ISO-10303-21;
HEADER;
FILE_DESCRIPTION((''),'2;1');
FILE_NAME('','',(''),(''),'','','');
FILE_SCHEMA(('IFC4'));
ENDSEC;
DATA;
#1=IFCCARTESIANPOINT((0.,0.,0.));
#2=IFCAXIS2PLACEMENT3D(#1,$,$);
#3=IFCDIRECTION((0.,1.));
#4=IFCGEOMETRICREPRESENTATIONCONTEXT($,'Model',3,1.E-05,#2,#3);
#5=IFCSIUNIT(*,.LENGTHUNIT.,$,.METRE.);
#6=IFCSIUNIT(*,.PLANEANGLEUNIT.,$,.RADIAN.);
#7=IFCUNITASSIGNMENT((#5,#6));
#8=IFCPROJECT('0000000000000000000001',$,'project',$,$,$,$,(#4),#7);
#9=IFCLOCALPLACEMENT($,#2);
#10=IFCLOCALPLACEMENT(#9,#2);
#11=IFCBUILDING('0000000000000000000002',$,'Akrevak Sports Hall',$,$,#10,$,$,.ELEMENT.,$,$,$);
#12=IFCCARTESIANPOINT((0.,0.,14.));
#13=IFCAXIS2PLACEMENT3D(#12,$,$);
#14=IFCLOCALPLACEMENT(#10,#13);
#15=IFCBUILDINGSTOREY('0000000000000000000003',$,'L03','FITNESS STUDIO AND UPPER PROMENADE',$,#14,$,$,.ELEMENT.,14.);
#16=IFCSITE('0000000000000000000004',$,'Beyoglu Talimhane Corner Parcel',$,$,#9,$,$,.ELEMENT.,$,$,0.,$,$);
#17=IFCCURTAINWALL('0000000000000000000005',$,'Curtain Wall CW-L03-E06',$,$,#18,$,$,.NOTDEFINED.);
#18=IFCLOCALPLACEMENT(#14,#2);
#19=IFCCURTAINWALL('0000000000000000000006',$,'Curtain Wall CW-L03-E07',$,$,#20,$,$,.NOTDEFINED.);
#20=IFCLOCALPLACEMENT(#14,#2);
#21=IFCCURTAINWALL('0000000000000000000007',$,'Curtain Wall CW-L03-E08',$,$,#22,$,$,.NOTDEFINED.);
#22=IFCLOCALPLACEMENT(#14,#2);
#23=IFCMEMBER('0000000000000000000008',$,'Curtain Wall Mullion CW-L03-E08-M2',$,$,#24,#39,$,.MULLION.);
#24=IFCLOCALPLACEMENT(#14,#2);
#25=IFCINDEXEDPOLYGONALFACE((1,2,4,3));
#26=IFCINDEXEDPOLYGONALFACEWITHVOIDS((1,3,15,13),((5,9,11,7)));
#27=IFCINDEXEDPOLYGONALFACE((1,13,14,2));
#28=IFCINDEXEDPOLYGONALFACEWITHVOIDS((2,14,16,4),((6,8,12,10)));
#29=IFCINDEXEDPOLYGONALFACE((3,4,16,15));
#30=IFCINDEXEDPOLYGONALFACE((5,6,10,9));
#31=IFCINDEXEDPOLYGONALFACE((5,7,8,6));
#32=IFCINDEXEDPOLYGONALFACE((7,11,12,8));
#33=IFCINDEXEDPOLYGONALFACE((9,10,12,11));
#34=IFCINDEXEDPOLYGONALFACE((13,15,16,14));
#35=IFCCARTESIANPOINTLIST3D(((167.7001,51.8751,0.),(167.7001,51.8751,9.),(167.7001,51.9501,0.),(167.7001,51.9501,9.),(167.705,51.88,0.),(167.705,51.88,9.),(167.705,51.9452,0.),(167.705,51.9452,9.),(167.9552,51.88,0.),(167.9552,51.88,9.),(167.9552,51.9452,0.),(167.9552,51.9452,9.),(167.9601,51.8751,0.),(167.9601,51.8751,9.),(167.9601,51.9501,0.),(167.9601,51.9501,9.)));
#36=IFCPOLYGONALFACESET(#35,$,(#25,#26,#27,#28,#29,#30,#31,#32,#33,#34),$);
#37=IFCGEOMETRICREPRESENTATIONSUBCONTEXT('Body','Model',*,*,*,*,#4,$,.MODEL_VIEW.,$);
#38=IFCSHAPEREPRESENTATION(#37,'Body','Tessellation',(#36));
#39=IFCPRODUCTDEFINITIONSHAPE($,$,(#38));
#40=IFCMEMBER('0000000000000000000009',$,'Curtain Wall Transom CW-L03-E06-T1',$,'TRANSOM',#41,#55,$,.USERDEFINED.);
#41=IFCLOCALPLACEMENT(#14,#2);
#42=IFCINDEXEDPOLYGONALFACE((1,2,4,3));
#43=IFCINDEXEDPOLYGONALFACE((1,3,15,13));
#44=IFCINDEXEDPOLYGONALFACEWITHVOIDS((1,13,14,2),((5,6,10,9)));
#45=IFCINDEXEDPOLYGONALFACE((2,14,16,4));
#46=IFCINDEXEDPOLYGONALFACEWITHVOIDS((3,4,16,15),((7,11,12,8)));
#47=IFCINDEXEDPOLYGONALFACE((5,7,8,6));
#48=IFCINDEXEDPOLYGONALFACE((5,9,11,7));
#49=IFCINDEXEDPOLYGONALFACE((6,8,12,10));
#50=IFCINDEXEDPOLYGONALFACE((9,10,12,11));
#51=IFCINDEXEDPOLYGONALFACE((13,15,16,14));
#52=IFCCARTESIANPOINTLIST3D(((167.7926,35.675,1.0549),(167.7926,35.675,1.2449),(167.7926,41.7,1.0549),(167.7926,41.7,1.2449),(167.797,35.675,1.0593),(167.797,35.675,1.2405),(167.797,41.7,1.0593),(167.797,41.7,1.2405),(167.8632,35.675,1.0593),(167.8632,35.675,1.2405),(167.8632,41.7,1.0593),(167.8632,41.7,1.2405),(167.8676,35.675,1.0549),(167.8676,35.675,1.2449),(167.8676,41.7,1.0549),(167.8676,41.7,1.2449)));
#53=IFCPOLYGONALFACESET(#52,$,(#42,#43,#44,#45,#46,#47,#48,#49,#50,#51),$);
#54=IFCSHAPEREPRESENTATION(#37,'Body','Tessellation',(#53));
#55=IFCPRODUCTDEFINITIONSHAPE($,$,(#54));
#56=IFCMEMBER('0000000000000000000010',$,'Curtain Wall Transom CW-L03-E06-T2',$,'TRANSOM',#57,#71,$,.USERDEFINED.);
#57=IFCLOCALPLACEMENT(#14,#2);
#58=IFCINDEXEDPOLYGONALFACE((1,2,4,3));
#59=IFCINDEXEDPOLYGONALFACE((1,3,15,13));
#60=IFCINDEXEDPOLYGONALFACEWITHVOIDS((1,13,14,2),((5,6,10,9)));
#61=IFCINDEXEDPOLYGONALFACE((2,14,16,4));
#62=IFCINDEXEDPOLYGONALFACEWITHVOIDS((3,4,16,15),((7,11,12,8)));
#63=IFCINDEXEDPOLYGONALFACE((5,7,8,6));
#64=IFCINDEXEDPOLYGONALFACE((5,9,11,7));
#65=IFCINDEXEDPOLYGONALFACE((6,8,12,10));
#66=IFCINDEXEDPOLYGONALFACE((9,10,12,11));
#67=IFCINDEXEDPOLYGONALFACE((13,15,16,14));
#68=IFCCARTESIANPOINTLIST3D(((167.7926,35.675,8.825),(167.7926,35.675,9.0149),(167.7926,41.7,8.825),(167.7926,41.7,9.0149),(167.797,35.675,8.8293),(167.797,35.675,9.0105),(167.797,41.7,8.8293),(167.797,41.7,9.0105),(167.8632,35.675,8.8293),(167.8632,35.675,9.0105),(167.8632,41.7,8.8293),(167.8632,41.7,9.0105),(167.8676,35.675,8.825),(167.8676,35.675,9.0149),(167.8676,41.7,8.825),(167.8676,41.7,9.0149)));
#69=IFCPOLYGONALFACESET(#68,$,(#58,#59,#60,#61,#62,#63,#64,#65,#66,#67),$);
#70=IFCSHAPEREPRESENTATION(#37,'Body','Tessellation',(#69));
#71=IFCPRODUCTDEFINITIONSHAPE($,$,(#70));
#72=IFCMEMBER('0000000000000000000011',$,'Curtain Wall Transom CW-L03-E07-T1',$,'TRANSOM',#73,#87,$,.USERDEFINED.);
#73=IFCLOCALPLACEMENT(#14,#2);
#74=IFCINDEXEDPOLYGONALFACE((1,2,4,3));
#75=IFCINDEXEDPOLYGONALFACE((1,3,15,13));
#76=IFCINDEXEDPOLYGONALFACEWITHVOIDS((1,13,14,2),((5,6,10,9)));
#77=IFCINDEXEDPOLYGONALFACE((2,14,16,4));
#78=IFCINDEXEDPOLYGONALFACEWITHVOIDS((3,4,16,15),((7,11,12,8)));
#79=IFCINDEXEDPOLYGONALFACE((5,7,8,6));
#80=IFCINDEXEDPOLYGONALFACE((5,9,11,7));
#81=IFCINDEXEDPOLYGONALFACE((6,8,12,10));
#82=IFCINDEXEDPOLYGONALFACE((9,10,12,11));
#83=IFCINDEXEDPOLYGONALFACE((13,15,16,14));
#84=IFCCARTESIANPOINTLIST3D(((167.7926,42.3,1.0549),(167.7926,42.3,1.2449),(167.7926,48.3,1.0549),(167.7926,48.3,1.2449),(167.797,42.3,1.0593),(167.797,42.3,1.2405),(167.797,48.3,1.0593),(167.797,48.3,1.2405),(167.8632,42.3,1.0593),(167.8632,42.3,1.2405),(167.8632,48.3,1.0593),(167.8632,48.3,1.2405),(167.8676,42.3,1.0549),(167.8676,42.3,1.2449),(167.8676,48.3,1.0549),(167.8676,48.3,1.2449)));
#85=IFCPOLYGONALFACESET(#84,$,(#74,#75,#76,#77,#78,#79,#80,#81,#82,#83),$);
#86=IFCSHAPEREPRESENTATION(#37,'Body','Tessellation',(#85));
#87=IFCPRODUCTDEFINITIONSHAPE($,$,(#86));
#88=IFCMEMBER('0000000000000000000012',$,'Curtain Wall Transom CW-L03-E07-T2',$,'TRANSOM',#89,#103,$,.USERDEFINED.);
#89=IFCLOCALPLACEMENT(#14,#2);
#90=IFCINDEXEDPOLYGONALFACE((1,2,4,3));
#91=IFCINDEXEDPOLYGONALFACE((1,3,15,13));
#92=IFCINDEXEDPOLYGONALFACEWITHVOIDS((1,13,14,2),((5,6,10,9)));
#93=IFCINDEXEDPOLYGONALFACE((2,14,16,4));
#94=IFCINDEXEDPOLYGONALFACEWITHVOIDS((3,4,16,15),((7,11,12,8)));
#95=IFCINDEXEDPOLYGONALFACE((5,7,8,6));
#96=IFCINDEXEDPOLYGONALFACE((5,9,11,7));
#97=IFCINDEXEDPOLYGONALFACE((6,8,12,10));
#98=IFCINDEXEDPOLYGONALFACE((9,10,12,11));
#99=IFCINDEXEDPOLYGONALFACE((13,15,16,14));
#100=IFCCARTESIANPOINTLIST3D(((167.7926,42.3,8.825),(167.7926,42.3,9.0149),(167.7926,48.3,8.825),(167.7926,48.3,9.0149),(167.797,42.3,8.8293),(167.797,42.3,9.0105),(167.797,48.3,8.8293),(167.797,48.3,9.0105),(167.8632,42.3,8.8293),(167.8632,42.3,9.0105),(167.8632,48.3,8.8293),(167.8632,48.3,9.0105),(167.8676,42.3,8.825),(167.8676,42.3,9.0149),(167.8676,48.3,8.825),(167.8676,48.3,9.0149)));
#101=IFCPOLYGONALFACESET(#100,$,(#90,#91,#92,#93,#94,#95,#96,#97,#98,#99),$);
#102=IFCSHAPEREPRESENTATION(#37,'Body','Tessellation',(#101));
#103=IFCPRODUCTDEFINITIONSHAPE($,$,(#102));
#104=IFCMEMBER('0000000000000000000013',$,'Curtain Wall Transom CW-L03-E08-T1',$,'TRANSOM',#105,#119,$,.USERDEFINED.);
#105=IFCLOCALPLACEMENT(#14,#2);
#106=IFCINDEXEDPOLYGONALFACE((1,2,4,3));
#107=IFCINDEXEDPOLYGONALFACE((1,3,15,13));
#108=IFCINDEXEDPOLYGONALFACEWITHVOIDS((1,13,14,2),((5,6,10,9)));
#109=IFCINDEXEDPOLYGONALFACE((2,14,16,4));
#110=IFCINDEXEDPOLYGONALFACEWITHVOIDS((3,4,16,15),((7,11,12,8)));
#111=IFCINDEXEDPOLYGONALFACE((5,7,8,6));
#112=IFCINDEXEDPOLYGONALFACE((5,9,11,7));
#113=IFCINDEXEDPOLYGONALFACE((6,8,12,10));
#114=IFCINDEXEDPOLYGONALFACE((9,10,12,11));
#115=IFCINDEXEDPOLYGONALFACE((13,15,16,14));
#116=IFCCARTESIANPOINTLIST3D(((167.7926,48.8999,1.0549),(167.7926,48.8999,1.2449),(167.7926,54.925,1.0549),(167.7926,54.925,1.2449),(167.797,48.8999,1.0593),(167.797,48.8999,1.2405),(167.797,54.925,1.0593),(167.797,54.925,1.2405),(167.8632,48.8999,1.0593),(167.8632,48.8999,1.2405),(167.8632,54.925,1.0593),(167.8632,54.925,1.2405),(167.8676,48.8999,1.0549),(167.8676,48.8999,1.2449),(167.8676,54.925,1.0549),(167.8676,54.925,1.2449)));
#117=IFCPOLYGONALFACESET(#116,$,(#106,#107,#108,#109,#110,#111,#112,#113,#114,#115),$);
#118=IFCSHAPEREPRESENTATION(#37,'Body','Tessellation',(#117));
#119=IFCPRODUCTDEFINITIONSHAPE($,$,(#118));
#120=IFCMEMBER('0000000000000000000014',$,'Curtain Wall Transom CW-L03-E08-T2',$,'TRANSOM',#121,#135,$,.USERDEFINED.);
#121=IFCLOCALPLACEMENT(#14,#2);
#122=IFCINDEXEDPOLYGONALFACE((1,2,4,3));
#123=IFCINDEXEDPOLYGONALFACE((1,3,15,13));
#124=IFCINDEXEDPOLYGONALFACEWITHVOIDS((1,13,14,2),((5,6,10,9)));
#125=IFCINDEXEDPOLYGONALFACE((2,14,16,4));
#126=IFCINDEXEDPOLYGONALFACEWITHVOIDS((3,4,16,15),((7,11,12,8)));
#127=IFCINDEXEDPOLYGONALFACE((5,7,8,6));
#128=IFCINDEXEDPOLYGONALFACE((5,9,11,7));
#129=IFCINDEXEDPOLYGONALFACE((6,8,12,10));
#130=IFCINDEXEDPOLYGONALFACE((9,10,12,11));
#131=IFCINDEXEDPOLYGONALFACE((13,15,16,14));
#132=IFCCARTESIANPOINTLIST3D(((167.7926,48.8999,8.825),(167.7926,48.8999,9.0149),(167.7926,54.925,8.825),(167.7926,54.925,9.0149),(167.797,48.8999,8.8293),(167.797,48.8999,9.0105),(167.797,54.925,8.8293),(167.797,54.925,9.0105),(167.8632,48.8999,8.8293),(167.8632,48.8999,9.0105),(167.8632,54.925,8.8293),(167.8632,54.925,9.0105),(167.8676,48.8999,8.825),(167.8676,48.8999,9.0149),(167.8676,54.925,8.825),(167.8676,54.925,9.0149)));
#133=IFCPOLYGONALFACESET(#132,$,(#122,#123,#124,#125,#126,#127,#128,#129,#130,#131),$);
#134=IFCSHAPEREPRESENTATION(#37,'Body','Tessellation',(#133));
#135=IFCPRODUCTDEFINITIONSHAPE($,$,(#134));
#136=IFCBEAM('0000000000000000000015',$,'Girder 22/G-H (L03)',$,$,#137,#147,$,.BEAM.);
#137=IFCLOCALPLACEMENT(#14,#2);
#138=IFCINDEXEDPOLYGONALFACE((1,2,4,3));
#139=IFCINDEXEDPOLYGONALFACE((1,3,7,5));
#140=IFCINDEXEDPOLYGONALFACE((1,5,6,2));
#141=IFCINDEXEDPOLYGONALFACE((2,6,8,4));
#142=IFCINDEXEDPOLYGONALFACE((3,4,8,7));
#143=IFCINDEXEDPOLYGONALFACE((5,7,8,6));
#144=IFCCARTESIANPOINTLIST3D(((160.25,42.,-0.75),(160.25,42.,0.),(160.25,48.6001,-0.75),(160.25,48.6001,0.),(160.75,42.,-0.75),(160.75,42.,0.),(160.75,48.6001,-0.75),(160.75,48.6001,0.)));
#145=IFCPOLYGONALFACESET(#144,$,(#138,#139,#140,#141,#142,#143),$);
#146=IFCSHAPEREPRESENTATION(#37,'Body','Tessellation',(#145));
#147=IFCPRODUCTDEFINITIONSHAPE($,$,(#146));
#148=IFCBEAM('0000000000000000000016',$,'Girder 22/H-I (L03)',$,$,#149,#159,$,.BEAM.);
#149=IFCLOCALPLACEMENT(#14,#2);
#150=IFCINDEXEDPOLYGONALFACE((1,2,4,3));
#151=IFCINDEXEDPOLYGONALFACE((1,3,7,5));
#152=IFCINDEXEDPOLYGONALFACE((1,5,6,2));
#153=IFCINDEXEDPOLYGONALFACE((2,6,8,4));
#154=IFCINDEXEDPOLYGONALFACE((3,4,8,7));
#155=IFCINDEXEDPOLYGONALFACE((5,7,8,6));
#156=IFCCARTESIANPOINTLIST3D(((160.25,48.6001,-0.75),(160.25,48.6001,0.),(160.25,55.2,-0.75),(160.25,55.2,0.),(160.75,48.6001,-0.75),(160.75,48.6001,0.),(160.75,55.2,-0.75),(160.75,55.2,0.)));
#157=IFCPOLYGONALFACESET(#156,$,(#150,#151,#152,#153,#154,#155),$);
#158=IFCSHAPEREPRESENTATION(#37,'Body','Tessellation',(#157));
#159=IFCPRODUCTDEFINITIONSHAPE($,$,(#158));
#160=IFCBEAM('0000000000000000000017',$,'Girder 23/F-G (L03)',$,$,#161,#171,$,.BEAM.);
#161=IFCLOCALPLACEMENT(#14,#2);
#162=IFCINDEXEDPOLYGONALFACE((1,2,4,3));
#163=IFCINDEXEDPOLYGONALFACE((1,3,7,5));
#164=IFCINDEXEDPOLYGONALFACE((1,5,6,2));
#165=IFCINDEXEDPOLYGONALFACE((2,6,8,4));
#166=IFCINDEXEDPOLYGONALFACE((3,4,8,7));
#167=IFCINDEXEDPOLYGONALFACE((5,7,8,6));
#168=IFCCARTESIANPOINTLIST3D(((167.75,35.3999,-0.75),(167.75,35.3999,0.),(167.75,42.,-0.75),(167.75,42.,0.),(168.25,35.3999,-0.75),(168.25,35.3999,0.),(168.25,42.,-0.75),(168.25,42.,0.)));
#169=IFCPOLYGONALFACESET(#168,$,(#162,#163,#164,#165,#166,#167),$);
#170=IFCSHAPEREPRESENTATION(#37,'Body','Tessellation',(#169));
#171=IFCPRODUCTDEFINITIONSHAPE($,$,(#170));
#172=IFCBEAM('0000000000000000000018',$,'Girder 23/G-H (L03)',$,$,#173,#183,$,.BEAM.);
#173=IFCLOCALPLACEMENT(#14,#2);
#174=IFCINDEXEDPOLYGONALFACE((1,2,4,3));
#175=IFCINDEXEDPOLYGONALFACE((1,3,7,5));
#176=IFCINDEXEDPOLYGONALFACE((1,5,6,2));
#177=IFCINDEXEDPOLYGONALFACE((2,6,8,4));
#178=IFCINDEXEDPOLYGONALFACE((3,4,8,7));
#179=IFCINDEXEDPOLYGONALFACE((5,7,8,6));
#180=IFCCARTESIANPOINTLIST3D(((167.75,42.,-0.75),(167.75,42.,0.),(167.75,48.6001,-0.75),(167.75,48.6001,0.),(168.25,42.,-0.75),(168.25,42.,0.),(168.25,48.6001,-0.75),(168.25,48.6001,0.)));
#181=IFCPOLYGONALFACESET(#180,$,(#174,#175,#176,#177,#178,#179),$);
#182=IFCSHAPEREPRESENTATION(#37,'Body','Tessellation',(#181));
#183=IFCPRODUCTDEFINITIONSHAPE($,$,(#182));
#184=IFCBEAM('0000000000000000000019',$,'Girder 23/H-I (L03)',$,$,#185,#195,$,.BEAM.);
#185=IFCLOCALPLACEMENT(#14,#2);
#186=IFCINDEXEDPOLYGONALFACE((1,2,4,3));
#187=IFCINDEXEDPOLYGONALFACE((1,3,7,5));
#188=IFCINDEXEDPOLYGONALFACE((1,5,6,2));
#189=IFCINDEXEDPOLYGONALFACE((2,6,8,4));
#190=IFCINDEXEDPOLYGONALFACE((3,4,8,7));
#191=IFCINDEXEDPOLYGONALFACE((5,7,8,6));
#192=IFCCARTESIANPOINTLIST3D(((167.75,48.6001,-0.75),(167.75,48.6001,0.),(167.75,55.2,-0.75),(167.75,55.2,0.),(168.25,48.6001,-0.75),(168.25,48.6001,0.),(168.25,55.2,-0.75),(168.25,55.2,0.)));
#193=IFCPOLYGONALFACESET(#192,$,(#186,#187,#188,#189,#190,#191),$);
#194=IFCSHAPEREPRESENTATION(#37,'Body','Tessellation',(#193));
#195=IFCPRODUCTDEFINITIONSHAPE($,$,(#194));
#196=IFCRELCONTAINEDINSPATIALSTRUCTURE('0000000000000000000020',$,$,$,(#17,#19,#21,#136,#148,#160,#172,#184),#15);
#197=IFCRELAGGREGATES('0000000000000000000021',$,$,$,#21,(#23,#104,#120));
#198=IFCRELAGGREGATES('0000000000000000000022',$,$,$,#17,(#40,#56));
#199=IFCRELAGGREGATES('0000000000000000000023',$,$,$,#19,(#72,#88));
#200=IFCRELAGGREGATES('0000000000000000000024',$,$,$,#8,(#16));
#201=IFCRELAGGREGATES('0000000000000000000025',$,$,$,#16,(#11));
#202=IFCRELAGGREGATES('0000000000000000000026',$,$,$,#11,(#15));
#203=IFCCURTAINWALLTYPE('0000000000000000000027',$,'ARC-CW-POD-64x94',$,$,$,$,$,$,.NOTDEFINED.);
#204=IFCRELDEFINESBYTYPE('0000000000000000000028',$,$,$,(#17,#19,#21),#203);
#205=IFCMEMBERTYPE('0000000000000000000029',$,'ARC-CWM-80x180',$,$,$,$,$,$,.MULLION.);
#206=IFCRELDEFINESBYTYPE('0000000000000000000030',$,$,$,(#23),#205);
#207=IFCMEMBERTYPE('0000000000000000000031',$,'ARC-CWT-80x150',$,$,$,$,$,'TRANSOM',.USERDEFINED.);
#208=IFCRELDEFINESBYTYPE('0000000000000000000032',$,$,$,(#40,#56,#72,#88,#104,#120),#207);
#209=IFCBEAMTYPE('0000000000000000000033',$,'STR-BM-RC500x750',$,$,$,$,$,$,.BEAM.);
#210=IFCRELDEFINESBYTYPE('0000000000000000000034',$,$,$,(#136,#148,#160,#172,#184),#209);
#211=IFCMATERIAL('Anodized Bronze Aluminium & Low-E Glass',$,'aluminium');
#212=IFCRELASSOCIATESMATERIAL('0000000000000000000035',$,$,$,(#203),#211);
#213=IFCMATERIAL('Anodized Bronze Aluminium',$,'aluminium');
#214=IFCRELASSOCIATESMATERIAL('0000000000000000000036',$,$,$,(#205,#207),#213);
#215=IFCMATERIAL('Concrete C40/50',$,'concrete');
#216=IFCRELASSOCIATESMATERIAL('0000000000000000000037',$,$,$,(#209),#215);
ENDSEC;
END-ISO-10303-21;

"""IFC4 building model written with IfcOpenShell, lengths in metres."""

from ifc_helpers import new_model, si_unit, direction, frame, origin, origin_2d, place, context, subcontext, project, spatial, rectangle, hollow_rectangle, extrude, material, material_profile, profile_set, type_object, element, aggregate, save


model = new_model("IFC4")

# Units and contexts
model_context = context("Model", 3, precision=1e-05, world=origin(), true_north=direction((0.0, 1.0)))
body_context = subcontext(model_context, "Body", "Model", "MODEL_VIEW")
ifc_project = project(units=[si_unit("LENGTHUNIT", "METRE"), si_unit("PLANEANGLEUNIT", "RADIAN")], contexts=[model_context])

# Site, building, storey
site_placement = place(None, origin())
site = spatial("IfcSite", under=ifc_project, at=site_placement, Name="Beyoglu Talimhane Corner Parcel", CompositionType="ELEMENT", RefElevation=0.0)
building_placement = place(site_placement, origin())
building = spatial("IfcBuilding", under=site, at=building_placement, Name="Akrevak Sports Hall", CompositionType="ELEMENT")
storey_placement = place(building_placement, frame((0.0, 0.0, 14.0)))
storey = spatial("IfcBuildingStorey", under=building, at=storey_placement, Name="L03", Description="FITNESS STUDIO AND UPPER PROMENADE", CompositionType="ELEMENT", Elevation=14.0)

# Shared definitions
ifc_material_1 = material(Name="Concrete C40/50", Category="concrete")

# Curtain walls, member
ifc_material_2 = material(Name="Anodized Bronze Aluminium & Low-E Glass", Category="aluminium")
curtain_wall_type = type_object("IfcCurtainWallType", Name="ARC-CW-POD-64x94", PredefinedType="NOTDEFINED", material=ifc_material_2)
curtain_wall_1_placement = place(storey_placement, origin())
curtain_wall_1 = element("IfcCurtainWall", 1, at=curtain_wall_1_placement, inside=storey, type_object=curtain_wall_type, Name="Curtain Wall CW-L03-E06", PredefinedType="NOTDEFINED")
ifc_material_3 = material(Name="Anodized Bronze Aluminium", Category="aluminium")
ifc_material_profile_1 = material_profile(ifc_material_3, hollow_rectangle(XDim=0.075, YDim=0.26, WallThickness=0.0049, at=origin_2d()), Name="CWM 75x260", Category="aluminium")
ifc_profile_set_1 = profile_set([ifc_material_profile_1], Name="Anodized Bronze Aluminium")
member_type_1 = type_object("IfcMemberType", Name="ARC-CWM-80x180", PredefinedType="MULLION", material=ifc_profile_set_1)
curtain_wall_2_placement = place(storey_placement, origin())
curtain_wall_2 = element("IfcCurtainWall", 2, at=curtain_wall_2_placement, inside=storey, type_object=curtain_wall_type, Name="Curtain Wall CW-L03-E07", PredefinedType="NOTDEFINED")
curtain_wall_3_placement = place(storey_placement, origin())
curtain_wall_3 = element("IfcCurtainWall", 3, at=curtain_wall_3_placement, inside=storey, type_object=curtain_wall_type, Name="Curtain Wall CW-L03-E08", PredefinedType="NOTDEFINED")
member_1_placement = place(storey_placement, frame((167.8301, 51.9126, 0.0), z_axis=(0.0, 0.0, 1.0), x_axis=(0.0, 1.0, 0.0)))
member_1 = element("IfcMember", 4, at=member_1_placement, type_object=member_type_1, Name="Curtain Wall Mullion CW-L03-E08-M2", PredefinedType="MULLION", context=body_context, shape_type="SweptSolid", body=[
    extrude(hollow_rectangle(XDim=0.075, YDim=0.26, WallThickness=0.0049, at=origin_2d()), origin(), (0.0, 0.0, 1.0), 9.0),
])

# Members
ifc_material_profile_2 = material_profile(ifc_material_3, hollow_rectangle(XDim=0.075, YDim=0.1899, WallThickness=0.0044, at=origin_2d()), Name="CWT 75x190", Category="aluminium")
ifc_profile_set_2 = profile_set([ifc_material_profile_2], Name="Anodized Bronze Aluminium")
member_type_2 = type_object("IfcMemberType", Name="ARC-CWT-80x150", ElementType="TRANSOM", PredefinedType="USERDEFINED", material=ifc_profile_set_2)
member_2_placement = place(storey_placement, frame((167.8301, 35.675, 1.1499), z_axis=(0.0, 1.0, 0.0), x_axis=(-1.0, 0.0, 0.0)))
member_2 = element("IfcMember", 5, at=member_2_placement, type_object=member_type_2, Name="Curtain Wall Transom CW-L03-E06-T1", ObjectType="TRANSOM", PredefinedType="USERDEFINED", context=body_context, shape_type="SweptSolid", body=[
    extrude(hollow_rectangle(XDim=0.075, YDim=0.1899, WallThickness=0.0044, at=origin_2d()), origin(), (0.0, 0.0, 1.0), 6.0249),
])
member_3_placement = place(storey_placement, frame((167.8301, 35.675, 8.9199), z_axis=(0.0, 1.0, 0.0), x_axis=(-1.0, 0.0, 0.0)))
member_3 = element("IfcMember", 6, at=member_3_placement, type_object=member_type_2, Name="Curtain Wall Transom CW-L03-E06-T2", ObjectType="TRANSOM", PredefinedType="USERDEFINED", context=body_context, shape_type="SweptSolid", body=[
    extrude(hollow_rectangle(XDim=0.075, YDim=0.1899, WallThickness=0.0044, at=origin_2d()), origin(), (0.0, 0.0, 1.0), 6.0249),
])
member_4_placement = place(storey_placement, frame((167.8301, 42.3, 1.1499), z_axis=(0.0, 1.0, 0.0), x_axis=(-1.0, 0.0, 0.0)))
member_4 = element("IfcMember", 7, at=member_4_placement, type_object=member_type_2, Name="Curtain Wall Transom CW-L03-E07-T1", ObjectType="TRANSOM", PredefinedType="USERDEFINED", context=body_context, shape_type="SweptSolid", body=[
    extrude(hollow_rectangle(XDim=0.075, YDim=0.1899, WallThickness=0.0044, at=origin_2d()), origin(), (0.0, 0.0, 1.0), 6.0),
])
member_5_placement = place(storey_placement, frame((167.8301, 42.3, 8.9199), z_axis=(0.0, 1.0, 0.0), x_axis=(-1.0, 0.0, 0.0)))
member_5 = element("IfcMember", 8, at=member_5_placement, type_object=member_type_2, Name="Curtain Wall Transom CW-L03-E07-T2", ObjectType="TRANSOM", PredefinedType="USERDEFINED", context=body_context, shape_type="SweptSolid", body=[
    extrude(hollow_rectangle(XDim=0.075, YDim=0.1899, WallThickness=0.0044, at=origin_2d()), origin(), (0.0, 0.0, 1.0), 6.0),
])
member_6_placement = place(storey_placement, frame((167.8301, 48.8999, 1.1499), z_axis=(0.0, 1.0, 0.0), x_axis=(-1.0, 0.0, 0.0)))
member_6 = element("IfcMember", 9, at=member_6_placement, type_object=member_type_2, Name="Curtain Wall Transom CW-L03-E08-T1", ObjectType="TRANSOM", PredefinedType="USERDEFINED", context=body_context, shape_type="SweptSolid", body=[
    extrude(hollow_rectangle(XDim=0.075, YDim=0.1899, WallThickness=0.0044, at=origin_2d()), origin(), (0.0, 0.0, 1.0), 6.0251),
])
member_7_placement = place(storey_placement, frame((167.8301, 48.8999, 8.9199), z_axis=(0.0, 1.0, 0.0), x_axis=(-1.0, 0.0, 0.0)))
member_7 = element("IfcMember", 10, at=member_7_placement, type_object=member_type_2, Name="Curtain Wall Transom CW-L03-E08-T2", ObjectType="TRANSOM", PredefinedType="USERDEFINED", context=body_context, shape_type="SweptSolid", body=[
    extrude(hollow_rectangle(XDim=0.075, YDim=0.1899, WallThickness=0.0044, at=origin_2d()), origin(), (0.0, 0.0, 1.0), 6.0251),
])

# Beams
ifc_material_profile_3 = material_profile(ifc_material_1, rectangle(XDim=0.5, YDim=0.75, at=origin_2d()), Name="BM 500x750", Category="concrete")
ifc_profile_set_3 = profile_set([ifc_material_profile_3], Name="Concrete C40/50")
beam_type_1 = type_object("IfcBeamType", Name="STR-BM-RC500x750", PredefinedType="BEAM", material=ifc_profile_set_3)
beam_1_placement = place(storey_placement, frame((160.5, 42.0, -0.375), z_axis=(0.0, 1.0, 0.0), x_axis=(-1.0, 0.0, 0.0)))
element("IfcBeam", 11, at=beam_1_placement, inside=storey, type_object=beam_type_1, Name="Girder 22/G-H (L03)", PredefinedType="BEAM", context=body_context, shape_type="SweptSolid", body=[
    extrude(rectangle(XDim=0.5, YDim=0.75, at=origin_2d()), origin(), (0.0, 0.0, 1.0), 6.6001),
])
beam_2_placement = place(storey_placement, frame((160.5, 48.6001, -0.375), z_axis=(0.0, 1.0, 0.0), x_axis=(-1.0, 0.0, 0.0)))
element("IfcBeam", 12, at=beam_2_placement, inside=storey, type_object=beam_type_1, Name="Girder 22/H-I (L03)", PredefinedType="BEAM", context=body_context, shape_type="SweptSolid", body=[
    extrude(rectangle(XDim=0.5, YDim=0.75, at=origin_2d()), origin(), (0.0, 0.0, 1.0), 6.5999),
])
for number, where, z_axis, x_axis, name in (
    (13, (168.0, 35.3999, -0.375), (0.0, 1.0, 0.0), (-1.0, 0.0, 0.0), "Girder 23/F-G (L03)"),
    (14, (168.0, 42.0, -0.375), (0.0, 1.0, 0.0), (-1.0, 0.0, 0.0), "Girder 23/G-H (L03)"),
):
    element("IfcBeam", number, at=place(storey_placement, frame(where, z_axis=z_axis, x_axis=x_axis)), inside=storey, type_object=beam_type_1, Name=name, PredefinedType="BEAM", context=body_context, shape_type="SweptSolid", body=[
        extrude(rectangle(XDim=0.5, YDim=0.75, at=origin_2d()), origin(), (0.0, 0.0, 1.0), 6.6001),
    ])
beam_3_placement = place(storey_placement, frame((168.0, 48.6001, -0.375), z_axis=(0.0, 1.0, 0.0), x_axis=(-1.0, 0.0, 0.0)))
element("IfcBeam", 15, at=beam_3_placement, inside=storey, type_object=beam_type_1, Name="Girder 23/H-I (L03)", PredefinedType="BEAM", context=body_context, shape_type="SweptSolid", body=[
    extrude(rectangle(XDim=0.5, YDim=0.75, at=origin_2d()), origin(), (0.0, 0.0, 1.0), 6.5999),
])

aggregate(curtain_wall_3, [member_1, member_6, member_7])
aggregate(curtain_wall_1, [member_2, member_3])
aggregate(curtain_wall_2, [member_4, member_5])

save(model, "model.ifc")
